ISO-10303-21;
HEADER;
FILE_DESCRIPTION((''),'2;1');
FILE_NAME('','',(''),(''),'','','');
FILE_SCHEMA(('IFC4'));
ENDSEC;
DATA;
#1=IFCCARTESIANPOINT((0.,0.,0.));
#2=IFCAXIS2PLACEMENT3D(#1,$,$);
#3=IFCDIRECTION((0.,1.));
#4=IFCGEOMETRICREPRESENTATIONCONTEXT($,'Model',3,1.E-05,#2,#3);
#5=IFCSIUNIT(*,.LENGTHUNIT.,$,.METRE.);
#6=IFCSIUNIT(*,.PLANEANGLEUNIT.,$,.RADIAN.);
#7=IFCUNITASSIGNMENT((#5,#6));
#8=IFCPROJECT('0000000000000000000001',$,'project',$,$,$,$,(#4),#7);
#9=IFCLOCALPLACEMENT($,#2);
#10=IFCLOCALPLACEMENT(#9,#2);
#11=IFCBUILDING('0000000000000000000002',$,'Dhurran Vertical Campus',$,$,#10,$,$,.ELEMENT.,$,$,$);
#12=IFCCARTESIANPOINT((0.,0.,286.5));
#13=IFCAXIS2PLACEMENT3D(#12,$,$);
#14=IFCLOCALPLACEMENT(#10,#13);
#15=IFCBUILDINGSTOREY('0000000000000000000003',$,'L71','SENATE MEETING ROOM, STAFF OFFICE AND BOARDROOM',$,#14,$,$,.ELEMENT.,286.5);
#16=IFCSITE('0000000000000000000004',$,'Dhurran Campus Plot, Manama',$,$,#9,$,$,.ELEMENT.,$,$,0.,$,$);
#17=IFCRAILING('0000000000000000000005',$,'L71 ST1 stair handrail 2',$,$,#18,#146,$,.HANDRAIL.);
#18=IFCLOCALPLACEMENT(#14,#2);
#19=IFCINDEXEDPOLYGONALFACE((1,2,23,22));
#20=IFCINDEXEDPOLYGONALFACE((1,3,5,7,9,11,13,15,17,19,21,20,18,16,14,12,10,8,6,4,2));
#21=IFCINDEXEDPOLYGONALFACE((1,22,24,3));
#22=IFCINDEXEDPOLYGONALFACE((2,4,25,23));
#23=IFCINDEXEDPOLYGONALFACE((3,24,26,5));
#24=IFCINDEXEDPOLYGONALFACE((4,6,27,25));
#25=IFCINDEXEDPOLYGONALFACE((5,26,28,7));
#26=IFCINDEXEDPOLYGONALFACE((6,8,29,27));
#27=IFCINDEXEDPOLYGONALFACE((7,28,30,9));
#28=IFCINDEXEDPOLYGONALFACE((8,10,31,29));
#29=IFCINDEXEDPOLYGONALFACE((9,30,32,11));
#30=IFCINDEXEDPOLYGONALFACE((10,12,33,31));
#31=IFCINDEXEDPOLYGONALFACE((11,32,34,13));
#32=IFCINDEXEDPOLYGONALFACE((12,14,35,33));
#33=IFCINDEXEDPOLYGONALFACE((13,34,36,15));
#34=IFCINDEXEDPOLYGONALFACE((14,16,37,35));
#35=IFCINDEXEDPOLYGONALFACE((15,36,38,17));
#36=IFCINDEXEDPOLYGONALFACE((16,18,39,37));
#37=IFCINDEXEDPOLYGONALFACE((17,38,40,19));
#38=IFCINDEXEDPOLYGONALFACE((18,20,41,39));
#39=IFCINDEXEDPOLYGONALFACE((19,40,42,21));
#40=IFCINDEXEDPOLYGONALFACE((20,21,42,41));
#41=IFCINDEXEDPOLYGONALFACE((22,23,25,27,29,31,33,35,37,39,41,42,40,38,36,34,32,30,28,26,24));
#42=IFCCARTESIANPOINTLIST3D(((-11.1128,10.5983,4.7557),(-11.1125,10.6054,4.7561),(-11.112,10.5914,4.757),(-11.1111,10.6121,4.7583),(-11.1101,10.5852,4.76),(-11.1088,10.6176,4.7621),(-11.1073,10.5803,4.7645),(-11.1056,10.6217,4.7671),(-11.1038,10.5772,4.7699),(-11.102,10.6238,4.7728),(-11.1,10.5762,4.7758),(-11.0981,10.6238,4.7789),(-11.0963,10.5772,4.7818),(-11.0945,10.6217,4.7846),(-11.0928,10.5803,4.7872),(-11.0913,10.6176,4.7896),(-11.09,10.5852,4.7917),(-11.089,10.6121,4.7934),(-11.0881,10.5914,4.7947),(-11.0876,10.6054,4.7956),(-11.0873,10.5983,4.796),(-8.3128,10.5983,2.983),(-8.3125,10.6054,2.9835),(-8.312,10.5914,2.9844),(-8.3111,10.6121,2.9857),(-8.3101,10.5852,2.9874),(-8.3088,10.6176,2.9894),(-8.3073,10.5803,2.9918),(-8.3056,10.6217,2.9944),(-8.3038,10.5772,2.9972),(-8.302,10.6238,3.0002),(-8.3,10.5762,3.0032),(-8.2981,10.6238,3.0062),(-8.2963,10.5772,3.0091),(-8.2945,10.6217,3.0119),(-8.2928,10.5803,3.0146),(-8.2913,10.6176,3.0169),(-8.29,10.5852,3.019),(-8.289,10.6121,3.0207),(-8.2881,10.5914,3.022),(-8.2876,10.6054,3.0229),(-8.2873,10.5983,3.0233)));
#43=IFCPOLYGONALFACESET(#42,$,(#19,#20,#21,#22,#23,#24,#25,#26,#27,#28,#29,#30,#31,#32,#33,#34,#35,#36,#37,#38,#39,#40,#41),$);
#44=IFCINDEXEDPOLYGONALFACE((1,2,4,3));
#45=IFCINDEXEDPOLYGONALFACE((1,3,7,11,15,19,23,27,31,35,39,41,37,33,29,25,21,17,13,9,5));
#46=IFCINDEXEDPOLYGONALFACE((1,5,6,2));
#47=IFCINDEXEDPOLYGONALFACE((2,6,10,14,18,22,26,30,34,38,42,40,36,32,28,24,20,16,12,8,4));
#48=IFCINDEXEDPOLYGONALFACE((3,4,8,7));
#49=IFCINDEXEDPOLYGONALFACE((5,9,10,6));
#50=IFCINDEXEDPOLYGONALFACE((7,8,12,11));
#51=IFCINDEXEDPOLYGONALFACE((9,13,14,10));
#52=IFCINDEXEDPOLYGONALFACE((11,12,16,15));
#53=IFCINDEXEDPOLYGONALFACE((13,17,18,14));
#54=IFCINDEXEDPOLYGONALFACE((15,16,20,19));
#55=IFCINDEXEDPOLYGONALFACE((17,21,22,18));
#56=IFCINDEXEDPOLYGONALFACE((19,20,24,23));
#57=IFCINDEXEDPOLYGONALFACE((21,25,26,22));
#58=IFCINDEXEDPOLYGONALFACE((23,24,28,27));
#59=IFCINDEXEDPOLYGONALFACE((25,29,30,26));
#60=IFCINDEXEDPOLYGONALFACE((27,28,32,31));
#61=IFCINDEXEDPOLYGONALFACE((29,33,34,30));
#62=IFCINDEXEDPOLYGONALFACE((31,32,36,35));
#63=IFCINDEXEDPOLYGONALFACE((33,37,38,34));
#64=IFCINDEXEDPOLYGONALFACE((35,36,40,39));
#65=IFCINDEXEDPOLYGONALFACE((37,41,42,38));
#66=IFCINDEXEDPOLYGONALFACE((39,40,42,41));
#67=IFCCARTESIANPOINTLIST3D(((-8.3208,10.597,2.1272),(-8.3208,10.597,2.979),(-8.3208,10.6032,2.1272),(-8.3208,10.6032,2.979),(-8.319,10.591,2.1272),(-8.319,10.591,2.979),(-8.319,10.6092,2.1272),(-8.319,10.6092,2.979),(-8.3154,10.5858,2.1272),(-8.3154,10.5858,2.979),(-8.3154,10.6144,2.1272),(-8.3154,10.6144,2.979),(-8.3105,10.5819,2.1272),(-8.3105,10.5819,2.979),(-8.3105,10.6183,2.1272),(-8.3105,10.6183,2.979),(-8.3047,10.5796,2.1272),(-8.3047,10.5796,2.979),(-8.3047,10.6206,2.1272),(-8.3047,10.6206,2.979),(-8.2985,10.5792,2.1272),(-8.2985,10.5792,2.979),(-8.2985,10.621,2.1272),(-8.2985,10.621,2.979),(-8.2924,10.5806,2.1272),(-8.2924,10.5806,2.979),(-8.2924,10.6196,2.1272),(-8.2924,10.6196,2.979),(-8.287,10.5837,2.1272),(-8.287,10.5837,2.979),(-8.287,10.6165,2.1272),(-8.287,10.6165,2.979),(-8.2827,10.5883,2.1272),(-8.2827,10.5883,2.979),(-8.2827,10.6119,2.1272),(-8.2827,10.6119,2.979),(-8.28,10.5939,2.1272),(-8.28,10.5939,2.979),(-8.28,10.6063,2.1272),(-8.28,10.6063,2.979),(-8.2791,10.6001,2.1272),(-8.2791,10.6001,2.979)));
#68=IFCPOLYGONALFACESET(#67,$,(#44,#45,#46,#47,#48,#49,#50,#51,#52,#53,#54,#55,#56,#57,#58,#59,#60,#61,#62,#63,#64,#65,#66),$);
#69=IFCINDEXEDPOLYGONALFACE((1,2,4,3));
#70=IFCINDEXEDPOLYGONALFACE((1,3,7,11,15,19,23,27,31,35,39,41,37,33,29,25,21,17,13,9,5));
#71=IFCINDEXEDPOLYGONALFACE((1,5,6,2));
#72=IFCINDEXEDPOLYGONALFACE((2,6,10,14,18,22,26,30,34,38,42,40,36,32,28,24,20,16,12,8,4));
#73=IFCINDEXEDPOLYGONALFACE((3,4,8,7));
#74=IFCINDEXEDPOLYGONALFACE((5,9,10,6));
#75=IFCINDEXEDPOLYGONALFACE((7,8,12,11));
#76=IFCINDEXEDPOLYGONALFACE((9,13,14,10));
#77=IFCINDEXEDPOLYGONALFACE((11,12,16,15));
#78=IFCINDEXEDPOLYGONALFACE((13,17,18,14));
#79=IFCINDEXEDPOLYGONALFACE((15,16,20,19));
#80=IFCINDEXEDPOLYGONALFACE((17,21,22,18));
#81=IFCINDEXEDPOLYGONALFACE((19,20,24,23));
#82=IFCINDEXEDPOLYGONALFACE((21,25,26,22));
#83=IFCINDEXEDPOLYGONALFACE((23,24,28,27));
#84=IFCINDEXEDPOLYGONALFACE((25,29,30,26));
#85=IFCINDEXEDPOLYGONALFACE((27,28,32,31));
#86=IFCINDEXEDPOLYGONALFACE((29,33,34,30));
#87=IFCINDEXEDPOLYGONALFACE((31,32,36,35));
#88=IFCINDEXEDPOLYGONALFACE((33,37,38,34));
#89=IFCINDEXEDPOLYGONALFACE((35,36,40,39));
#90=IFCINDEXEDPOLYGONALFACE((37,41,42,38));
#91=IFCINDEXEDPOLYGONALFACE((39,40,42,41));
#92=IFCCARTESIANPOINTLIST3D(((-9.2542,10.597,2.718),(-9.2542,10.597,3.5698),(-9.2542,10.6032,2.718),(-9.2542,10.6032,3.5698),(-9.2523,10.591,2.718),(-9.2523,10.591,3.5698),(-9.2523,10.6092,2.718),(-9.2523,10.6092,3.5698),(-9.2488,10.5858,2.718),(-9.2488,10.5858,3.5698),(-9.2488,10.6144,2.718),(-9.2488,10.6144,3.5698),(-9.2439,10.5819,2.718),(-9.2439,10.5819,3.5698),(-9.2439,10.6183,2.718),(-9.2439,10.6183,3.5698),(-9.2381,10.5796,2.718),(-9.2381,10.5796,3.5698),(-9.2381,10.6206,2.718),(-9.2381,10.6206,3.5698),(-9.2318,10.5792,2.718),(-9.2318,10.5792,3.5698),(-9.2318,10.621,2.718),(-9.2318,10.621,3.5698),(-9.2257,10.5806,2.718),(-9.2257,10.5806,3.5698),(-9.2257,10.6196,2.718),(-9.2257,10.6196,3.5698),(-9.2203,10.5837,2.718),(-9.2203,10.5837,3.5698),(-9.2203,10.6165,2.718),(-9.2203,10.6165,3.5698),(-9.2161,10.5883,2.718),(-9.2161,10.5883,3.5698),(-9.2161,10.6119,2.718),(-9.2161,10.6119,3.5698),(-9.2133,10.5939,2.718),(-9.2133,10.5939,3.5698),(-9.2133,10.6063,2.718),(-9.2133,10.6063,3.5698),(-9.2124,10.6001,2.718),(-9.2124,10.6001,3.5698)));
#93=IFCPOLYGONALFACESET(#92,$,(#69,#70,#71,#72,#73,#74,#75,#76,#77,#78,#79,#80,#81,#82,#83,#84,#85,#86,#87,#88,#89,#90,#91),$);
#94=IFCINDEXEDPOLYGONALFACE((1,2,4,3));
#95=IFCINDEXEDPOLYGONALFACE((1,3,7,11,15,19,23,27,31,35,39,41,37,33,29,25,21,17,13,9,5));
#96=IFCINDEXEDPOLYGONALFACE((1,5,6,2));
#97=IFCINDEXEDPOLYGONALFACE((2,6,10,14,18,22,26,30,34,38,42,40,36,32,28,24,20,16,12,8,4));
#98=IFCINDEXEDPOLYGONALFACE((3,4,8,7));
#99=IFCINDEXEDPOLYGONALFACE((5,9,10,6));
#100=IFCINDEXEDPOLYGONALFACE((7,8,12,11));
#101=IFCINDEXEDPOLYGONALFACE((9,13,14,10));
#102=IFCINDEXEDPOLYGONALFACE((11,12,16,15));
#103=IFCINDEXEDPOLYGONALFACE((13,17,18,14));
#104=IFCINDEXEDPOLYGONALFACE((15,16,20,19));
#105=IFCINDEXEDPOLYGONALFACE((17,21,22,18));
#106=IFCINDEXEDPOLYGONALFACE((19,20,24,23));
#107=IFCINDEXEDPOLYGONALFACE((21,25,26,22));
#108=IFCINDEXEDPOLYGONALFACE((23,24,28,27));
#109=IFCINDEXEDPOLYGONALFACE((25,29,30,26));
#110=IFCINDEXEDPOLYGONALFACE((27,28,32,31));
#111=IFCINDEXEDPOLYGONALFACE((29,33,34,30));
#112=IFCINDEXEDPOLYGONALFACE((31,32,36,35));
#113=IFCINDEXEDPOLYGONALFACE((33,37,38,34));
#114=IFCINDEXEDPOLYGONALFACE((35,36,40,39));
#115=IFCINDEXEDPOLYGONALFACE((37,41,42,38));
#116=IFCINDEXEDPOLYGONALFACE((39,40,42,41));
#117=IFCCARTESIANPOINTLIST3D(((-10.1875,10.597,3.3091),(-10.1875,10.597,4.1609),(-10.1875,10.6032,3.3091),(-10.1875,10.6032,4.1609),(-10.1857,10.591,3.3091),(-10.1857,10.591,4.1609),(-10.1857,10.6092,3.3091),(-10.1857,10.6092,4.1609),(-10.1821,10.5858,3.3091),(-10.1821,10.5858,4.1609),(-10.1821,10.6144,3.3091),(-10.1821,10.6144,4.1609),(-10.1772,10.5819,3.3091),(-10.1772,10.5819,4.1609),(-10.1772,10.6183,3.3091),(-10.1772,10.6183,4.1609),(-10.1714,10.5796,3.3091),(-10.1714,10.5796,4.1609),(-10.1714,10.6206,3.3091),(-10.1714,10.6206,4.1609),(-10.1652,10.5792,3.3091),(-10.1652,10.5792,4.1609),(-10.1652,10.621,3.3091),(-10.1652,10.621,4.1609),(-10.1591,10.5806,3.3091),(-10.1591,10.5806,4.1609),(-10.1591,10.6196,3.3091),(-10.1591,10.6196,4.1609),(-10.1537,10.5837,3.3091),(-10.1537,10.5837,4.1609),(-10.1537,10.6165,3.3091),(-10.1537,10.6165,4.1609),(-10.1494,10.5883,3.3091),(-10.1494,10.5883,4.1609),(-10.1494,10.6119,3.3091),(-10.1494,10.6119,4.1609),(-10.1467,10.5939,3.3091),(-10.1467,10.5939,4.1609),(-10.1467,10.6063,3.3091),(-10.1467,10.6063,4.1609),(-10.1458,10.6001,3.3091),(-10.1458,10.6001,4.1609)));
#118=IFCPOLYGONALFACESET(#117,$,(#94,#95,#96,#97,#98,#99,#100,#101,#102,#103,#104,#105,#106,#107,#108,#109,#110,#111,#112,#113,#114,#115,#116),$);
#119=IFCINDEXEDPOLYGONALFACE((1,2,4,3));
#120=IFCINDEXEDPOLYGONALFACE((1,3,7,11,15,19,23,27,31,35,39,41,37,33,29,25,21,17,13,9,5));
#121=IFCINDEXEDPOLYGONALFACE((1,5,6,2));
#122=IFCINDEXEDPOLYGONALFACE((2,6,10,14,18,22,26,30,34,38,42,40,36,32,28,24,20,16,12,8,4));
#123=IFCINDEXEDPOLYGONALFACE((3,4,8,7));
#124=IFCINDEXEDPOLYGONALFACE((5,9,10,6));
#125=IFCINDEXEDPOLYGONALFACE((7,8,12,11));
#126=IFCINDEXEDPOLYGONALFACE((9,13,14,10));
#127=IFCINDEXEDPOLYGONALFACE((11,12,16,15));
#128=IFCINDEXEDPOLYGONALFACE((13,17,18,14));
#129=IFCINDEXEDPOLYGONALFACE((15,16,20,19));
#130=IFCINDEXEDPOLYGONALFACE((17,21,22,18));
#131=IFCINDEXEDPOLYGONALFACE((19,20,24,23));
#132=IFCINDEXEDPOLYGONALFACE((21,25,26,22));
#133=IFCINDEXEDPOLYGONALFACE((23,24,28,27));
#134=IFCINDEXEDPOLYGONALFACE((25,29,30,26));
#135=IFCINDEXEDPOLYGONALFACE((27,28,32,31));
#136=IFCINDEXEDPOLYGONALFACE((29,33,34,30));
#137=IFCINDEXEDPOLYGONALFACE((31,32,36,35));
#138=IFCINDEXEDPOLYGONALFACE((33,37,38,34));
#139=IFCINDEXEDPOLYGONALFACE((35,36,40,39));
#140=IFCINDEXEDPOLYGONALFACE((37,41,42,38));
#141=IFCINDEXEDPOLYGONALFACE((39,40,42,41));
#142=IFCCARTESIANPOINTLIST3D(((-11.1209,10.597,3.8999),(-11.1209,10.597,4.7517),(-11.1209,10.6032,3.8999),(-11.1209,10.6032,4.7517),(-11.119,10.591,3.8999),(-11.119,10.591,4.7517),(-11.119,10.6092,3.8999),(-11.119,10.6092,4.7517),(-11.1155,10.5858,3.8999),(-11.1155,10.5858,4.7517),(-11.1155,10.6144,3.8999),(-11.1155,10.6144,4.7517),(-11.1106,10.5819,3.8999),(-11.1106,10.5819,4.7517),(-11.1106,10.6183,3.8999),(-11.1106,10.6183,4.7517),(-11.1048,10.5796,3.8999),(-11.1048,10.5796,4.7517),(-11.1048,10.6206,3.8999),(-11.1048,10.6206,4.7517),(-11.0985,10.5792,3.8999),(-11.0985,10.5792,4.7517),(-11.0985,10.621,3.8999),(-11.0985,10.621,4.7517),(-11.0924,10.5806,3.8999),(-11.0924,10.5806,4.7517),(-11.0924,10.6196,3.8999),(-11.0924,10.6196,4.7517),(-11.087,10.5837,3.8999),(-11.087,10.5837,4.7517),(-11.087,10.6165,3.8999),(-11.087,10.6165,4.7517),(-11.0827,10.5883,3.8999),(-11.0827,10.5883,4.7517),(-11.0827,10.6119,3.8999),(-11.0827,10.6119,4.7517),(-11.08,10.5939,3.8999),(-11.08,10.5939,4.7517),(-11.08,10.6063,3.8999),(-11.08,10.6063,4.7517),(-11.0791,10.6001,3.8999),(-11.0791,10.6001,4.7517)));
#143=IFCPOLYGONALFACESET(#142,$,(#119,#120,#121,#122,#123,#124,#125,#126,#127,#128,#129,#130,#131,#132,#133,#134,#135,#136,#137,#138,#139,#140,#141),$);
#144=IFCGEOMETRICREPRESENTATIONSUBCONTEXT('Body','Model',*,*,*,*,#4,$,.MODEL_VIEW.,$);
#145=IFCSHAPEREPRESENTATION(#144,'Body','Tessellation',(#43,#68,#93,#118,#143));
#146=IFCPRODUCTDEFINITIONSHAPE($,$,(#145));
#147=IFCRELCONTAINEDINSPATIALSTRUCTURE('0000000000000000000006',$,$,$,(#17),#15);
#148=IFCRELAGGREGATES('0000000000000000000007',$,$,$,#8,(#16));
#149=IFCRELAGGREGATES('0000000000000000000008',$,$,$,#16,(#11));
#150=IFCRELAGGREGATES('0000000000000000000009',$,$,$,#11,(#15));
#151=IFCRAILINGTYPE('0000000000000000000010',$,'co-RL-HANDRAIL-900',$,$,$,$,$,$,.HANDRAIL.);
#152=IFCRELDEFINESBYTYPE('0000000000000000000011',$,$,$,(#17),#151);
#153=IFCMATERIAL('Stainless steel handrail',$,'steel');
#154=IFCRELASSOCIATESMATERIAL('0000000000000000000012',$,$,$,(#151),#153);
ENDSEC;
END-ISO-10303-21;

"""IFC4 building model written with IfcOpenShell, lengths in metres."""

from ifc_helpers import new_model, si_unit, direction, frame, origin, origin_2d, place, context, subcontext, project, spatial, circle, extrude, material, type_object, element, save


model = new_model("IFC4")

# Units and contexts
model_context = context("Model", 3, precision=1e-05, world=origin(), true_north=direction((0.0, 1.0)))
body_context = subcontext(model_context, "Body", "Model", "MODEL_VIEW")
ifc_project = project(units=[si_unit("LENGTHUNIT", "METRE"), si_unit("PLANEANGLEUNIT", "RADIAN")], contexts=[model_context])

# Site, building, storey
site_placement = place(None, origin())
site = spatial("IfcSite", under=ifc_project, at=site_placement, Name="Dhurran Campus Plot, Manama", CompositionType="ELEMENT", RefElevation=0.0)
building_placement = place(site_placement, origin())
building = spatial("IfcBuilding", under=site, at=building_placement, Name="Dhurran Vertical Campus", CompositionType="ELEMENT")
storey_placement = place(building_placement, frame((0.0, 0.0, 286.5)))
storey = spatial("IfcBuildingStorey", under=building, at=storey_placement, Name="L71", Description="SENATE MEETING ROOM, STAFF OFFICE AND BOARDROOM", CompositionType="ELEMENT", Elevation=286.5)

# Railing
ifc_material_1 = material(Name="Stainless steel handrail", Category="steel")
railing_type_1 = type_object("IfcRailingType", Name="co-RL-HANDRAIL-900", PredefinedType="HANDRAIL", material=ifc_material_1)
railing_1_placement = place(storey_placement, frame((-8.3, 10.6001, 2.1272)))
element("IfcRailing", 1, at=railing_1_placement, inside=storey, type_object=railing_type_1, Name="L71 ST1 stair handrail 2", PredefinedType="HANDRAIL", context=body_context, shape_type="SweptSolid", body=[
    extrude(circle(Radius=0.0239, at=origin_2d()), frame((0.0, 0.0, 0.876), z_axis=(-0.844909, 0.0, 0.53491), x_axis=(0.0, -1.0, 0.0)), (0.0, 0.0, 1.0), 3.314),
    extrude(circle(Radius=0.021, at=origin_2d()), origin(), (0.0, 0.0, 1.0), 0.8518),
    extrude(circle(Radius=0.021, at=origin_2d()), frame((-0.9333, 0.0, 0.5908)), (0.0, 0.0, 1.0), 0.8518),
    extrude(circle(Radius=0.021, at=origin_2d()), frame((-1.8667, 0.0, 1.1819)), (0.0, 0.0, 1.0), 0.8518),
    extrude(circle(Radius=0.021, at=origin_2d()), frame((-2.8, 0.0, 1.7727)), (0.0, 0.0, 1.0), 0.8518),
])

save(model, "model.ifc")
